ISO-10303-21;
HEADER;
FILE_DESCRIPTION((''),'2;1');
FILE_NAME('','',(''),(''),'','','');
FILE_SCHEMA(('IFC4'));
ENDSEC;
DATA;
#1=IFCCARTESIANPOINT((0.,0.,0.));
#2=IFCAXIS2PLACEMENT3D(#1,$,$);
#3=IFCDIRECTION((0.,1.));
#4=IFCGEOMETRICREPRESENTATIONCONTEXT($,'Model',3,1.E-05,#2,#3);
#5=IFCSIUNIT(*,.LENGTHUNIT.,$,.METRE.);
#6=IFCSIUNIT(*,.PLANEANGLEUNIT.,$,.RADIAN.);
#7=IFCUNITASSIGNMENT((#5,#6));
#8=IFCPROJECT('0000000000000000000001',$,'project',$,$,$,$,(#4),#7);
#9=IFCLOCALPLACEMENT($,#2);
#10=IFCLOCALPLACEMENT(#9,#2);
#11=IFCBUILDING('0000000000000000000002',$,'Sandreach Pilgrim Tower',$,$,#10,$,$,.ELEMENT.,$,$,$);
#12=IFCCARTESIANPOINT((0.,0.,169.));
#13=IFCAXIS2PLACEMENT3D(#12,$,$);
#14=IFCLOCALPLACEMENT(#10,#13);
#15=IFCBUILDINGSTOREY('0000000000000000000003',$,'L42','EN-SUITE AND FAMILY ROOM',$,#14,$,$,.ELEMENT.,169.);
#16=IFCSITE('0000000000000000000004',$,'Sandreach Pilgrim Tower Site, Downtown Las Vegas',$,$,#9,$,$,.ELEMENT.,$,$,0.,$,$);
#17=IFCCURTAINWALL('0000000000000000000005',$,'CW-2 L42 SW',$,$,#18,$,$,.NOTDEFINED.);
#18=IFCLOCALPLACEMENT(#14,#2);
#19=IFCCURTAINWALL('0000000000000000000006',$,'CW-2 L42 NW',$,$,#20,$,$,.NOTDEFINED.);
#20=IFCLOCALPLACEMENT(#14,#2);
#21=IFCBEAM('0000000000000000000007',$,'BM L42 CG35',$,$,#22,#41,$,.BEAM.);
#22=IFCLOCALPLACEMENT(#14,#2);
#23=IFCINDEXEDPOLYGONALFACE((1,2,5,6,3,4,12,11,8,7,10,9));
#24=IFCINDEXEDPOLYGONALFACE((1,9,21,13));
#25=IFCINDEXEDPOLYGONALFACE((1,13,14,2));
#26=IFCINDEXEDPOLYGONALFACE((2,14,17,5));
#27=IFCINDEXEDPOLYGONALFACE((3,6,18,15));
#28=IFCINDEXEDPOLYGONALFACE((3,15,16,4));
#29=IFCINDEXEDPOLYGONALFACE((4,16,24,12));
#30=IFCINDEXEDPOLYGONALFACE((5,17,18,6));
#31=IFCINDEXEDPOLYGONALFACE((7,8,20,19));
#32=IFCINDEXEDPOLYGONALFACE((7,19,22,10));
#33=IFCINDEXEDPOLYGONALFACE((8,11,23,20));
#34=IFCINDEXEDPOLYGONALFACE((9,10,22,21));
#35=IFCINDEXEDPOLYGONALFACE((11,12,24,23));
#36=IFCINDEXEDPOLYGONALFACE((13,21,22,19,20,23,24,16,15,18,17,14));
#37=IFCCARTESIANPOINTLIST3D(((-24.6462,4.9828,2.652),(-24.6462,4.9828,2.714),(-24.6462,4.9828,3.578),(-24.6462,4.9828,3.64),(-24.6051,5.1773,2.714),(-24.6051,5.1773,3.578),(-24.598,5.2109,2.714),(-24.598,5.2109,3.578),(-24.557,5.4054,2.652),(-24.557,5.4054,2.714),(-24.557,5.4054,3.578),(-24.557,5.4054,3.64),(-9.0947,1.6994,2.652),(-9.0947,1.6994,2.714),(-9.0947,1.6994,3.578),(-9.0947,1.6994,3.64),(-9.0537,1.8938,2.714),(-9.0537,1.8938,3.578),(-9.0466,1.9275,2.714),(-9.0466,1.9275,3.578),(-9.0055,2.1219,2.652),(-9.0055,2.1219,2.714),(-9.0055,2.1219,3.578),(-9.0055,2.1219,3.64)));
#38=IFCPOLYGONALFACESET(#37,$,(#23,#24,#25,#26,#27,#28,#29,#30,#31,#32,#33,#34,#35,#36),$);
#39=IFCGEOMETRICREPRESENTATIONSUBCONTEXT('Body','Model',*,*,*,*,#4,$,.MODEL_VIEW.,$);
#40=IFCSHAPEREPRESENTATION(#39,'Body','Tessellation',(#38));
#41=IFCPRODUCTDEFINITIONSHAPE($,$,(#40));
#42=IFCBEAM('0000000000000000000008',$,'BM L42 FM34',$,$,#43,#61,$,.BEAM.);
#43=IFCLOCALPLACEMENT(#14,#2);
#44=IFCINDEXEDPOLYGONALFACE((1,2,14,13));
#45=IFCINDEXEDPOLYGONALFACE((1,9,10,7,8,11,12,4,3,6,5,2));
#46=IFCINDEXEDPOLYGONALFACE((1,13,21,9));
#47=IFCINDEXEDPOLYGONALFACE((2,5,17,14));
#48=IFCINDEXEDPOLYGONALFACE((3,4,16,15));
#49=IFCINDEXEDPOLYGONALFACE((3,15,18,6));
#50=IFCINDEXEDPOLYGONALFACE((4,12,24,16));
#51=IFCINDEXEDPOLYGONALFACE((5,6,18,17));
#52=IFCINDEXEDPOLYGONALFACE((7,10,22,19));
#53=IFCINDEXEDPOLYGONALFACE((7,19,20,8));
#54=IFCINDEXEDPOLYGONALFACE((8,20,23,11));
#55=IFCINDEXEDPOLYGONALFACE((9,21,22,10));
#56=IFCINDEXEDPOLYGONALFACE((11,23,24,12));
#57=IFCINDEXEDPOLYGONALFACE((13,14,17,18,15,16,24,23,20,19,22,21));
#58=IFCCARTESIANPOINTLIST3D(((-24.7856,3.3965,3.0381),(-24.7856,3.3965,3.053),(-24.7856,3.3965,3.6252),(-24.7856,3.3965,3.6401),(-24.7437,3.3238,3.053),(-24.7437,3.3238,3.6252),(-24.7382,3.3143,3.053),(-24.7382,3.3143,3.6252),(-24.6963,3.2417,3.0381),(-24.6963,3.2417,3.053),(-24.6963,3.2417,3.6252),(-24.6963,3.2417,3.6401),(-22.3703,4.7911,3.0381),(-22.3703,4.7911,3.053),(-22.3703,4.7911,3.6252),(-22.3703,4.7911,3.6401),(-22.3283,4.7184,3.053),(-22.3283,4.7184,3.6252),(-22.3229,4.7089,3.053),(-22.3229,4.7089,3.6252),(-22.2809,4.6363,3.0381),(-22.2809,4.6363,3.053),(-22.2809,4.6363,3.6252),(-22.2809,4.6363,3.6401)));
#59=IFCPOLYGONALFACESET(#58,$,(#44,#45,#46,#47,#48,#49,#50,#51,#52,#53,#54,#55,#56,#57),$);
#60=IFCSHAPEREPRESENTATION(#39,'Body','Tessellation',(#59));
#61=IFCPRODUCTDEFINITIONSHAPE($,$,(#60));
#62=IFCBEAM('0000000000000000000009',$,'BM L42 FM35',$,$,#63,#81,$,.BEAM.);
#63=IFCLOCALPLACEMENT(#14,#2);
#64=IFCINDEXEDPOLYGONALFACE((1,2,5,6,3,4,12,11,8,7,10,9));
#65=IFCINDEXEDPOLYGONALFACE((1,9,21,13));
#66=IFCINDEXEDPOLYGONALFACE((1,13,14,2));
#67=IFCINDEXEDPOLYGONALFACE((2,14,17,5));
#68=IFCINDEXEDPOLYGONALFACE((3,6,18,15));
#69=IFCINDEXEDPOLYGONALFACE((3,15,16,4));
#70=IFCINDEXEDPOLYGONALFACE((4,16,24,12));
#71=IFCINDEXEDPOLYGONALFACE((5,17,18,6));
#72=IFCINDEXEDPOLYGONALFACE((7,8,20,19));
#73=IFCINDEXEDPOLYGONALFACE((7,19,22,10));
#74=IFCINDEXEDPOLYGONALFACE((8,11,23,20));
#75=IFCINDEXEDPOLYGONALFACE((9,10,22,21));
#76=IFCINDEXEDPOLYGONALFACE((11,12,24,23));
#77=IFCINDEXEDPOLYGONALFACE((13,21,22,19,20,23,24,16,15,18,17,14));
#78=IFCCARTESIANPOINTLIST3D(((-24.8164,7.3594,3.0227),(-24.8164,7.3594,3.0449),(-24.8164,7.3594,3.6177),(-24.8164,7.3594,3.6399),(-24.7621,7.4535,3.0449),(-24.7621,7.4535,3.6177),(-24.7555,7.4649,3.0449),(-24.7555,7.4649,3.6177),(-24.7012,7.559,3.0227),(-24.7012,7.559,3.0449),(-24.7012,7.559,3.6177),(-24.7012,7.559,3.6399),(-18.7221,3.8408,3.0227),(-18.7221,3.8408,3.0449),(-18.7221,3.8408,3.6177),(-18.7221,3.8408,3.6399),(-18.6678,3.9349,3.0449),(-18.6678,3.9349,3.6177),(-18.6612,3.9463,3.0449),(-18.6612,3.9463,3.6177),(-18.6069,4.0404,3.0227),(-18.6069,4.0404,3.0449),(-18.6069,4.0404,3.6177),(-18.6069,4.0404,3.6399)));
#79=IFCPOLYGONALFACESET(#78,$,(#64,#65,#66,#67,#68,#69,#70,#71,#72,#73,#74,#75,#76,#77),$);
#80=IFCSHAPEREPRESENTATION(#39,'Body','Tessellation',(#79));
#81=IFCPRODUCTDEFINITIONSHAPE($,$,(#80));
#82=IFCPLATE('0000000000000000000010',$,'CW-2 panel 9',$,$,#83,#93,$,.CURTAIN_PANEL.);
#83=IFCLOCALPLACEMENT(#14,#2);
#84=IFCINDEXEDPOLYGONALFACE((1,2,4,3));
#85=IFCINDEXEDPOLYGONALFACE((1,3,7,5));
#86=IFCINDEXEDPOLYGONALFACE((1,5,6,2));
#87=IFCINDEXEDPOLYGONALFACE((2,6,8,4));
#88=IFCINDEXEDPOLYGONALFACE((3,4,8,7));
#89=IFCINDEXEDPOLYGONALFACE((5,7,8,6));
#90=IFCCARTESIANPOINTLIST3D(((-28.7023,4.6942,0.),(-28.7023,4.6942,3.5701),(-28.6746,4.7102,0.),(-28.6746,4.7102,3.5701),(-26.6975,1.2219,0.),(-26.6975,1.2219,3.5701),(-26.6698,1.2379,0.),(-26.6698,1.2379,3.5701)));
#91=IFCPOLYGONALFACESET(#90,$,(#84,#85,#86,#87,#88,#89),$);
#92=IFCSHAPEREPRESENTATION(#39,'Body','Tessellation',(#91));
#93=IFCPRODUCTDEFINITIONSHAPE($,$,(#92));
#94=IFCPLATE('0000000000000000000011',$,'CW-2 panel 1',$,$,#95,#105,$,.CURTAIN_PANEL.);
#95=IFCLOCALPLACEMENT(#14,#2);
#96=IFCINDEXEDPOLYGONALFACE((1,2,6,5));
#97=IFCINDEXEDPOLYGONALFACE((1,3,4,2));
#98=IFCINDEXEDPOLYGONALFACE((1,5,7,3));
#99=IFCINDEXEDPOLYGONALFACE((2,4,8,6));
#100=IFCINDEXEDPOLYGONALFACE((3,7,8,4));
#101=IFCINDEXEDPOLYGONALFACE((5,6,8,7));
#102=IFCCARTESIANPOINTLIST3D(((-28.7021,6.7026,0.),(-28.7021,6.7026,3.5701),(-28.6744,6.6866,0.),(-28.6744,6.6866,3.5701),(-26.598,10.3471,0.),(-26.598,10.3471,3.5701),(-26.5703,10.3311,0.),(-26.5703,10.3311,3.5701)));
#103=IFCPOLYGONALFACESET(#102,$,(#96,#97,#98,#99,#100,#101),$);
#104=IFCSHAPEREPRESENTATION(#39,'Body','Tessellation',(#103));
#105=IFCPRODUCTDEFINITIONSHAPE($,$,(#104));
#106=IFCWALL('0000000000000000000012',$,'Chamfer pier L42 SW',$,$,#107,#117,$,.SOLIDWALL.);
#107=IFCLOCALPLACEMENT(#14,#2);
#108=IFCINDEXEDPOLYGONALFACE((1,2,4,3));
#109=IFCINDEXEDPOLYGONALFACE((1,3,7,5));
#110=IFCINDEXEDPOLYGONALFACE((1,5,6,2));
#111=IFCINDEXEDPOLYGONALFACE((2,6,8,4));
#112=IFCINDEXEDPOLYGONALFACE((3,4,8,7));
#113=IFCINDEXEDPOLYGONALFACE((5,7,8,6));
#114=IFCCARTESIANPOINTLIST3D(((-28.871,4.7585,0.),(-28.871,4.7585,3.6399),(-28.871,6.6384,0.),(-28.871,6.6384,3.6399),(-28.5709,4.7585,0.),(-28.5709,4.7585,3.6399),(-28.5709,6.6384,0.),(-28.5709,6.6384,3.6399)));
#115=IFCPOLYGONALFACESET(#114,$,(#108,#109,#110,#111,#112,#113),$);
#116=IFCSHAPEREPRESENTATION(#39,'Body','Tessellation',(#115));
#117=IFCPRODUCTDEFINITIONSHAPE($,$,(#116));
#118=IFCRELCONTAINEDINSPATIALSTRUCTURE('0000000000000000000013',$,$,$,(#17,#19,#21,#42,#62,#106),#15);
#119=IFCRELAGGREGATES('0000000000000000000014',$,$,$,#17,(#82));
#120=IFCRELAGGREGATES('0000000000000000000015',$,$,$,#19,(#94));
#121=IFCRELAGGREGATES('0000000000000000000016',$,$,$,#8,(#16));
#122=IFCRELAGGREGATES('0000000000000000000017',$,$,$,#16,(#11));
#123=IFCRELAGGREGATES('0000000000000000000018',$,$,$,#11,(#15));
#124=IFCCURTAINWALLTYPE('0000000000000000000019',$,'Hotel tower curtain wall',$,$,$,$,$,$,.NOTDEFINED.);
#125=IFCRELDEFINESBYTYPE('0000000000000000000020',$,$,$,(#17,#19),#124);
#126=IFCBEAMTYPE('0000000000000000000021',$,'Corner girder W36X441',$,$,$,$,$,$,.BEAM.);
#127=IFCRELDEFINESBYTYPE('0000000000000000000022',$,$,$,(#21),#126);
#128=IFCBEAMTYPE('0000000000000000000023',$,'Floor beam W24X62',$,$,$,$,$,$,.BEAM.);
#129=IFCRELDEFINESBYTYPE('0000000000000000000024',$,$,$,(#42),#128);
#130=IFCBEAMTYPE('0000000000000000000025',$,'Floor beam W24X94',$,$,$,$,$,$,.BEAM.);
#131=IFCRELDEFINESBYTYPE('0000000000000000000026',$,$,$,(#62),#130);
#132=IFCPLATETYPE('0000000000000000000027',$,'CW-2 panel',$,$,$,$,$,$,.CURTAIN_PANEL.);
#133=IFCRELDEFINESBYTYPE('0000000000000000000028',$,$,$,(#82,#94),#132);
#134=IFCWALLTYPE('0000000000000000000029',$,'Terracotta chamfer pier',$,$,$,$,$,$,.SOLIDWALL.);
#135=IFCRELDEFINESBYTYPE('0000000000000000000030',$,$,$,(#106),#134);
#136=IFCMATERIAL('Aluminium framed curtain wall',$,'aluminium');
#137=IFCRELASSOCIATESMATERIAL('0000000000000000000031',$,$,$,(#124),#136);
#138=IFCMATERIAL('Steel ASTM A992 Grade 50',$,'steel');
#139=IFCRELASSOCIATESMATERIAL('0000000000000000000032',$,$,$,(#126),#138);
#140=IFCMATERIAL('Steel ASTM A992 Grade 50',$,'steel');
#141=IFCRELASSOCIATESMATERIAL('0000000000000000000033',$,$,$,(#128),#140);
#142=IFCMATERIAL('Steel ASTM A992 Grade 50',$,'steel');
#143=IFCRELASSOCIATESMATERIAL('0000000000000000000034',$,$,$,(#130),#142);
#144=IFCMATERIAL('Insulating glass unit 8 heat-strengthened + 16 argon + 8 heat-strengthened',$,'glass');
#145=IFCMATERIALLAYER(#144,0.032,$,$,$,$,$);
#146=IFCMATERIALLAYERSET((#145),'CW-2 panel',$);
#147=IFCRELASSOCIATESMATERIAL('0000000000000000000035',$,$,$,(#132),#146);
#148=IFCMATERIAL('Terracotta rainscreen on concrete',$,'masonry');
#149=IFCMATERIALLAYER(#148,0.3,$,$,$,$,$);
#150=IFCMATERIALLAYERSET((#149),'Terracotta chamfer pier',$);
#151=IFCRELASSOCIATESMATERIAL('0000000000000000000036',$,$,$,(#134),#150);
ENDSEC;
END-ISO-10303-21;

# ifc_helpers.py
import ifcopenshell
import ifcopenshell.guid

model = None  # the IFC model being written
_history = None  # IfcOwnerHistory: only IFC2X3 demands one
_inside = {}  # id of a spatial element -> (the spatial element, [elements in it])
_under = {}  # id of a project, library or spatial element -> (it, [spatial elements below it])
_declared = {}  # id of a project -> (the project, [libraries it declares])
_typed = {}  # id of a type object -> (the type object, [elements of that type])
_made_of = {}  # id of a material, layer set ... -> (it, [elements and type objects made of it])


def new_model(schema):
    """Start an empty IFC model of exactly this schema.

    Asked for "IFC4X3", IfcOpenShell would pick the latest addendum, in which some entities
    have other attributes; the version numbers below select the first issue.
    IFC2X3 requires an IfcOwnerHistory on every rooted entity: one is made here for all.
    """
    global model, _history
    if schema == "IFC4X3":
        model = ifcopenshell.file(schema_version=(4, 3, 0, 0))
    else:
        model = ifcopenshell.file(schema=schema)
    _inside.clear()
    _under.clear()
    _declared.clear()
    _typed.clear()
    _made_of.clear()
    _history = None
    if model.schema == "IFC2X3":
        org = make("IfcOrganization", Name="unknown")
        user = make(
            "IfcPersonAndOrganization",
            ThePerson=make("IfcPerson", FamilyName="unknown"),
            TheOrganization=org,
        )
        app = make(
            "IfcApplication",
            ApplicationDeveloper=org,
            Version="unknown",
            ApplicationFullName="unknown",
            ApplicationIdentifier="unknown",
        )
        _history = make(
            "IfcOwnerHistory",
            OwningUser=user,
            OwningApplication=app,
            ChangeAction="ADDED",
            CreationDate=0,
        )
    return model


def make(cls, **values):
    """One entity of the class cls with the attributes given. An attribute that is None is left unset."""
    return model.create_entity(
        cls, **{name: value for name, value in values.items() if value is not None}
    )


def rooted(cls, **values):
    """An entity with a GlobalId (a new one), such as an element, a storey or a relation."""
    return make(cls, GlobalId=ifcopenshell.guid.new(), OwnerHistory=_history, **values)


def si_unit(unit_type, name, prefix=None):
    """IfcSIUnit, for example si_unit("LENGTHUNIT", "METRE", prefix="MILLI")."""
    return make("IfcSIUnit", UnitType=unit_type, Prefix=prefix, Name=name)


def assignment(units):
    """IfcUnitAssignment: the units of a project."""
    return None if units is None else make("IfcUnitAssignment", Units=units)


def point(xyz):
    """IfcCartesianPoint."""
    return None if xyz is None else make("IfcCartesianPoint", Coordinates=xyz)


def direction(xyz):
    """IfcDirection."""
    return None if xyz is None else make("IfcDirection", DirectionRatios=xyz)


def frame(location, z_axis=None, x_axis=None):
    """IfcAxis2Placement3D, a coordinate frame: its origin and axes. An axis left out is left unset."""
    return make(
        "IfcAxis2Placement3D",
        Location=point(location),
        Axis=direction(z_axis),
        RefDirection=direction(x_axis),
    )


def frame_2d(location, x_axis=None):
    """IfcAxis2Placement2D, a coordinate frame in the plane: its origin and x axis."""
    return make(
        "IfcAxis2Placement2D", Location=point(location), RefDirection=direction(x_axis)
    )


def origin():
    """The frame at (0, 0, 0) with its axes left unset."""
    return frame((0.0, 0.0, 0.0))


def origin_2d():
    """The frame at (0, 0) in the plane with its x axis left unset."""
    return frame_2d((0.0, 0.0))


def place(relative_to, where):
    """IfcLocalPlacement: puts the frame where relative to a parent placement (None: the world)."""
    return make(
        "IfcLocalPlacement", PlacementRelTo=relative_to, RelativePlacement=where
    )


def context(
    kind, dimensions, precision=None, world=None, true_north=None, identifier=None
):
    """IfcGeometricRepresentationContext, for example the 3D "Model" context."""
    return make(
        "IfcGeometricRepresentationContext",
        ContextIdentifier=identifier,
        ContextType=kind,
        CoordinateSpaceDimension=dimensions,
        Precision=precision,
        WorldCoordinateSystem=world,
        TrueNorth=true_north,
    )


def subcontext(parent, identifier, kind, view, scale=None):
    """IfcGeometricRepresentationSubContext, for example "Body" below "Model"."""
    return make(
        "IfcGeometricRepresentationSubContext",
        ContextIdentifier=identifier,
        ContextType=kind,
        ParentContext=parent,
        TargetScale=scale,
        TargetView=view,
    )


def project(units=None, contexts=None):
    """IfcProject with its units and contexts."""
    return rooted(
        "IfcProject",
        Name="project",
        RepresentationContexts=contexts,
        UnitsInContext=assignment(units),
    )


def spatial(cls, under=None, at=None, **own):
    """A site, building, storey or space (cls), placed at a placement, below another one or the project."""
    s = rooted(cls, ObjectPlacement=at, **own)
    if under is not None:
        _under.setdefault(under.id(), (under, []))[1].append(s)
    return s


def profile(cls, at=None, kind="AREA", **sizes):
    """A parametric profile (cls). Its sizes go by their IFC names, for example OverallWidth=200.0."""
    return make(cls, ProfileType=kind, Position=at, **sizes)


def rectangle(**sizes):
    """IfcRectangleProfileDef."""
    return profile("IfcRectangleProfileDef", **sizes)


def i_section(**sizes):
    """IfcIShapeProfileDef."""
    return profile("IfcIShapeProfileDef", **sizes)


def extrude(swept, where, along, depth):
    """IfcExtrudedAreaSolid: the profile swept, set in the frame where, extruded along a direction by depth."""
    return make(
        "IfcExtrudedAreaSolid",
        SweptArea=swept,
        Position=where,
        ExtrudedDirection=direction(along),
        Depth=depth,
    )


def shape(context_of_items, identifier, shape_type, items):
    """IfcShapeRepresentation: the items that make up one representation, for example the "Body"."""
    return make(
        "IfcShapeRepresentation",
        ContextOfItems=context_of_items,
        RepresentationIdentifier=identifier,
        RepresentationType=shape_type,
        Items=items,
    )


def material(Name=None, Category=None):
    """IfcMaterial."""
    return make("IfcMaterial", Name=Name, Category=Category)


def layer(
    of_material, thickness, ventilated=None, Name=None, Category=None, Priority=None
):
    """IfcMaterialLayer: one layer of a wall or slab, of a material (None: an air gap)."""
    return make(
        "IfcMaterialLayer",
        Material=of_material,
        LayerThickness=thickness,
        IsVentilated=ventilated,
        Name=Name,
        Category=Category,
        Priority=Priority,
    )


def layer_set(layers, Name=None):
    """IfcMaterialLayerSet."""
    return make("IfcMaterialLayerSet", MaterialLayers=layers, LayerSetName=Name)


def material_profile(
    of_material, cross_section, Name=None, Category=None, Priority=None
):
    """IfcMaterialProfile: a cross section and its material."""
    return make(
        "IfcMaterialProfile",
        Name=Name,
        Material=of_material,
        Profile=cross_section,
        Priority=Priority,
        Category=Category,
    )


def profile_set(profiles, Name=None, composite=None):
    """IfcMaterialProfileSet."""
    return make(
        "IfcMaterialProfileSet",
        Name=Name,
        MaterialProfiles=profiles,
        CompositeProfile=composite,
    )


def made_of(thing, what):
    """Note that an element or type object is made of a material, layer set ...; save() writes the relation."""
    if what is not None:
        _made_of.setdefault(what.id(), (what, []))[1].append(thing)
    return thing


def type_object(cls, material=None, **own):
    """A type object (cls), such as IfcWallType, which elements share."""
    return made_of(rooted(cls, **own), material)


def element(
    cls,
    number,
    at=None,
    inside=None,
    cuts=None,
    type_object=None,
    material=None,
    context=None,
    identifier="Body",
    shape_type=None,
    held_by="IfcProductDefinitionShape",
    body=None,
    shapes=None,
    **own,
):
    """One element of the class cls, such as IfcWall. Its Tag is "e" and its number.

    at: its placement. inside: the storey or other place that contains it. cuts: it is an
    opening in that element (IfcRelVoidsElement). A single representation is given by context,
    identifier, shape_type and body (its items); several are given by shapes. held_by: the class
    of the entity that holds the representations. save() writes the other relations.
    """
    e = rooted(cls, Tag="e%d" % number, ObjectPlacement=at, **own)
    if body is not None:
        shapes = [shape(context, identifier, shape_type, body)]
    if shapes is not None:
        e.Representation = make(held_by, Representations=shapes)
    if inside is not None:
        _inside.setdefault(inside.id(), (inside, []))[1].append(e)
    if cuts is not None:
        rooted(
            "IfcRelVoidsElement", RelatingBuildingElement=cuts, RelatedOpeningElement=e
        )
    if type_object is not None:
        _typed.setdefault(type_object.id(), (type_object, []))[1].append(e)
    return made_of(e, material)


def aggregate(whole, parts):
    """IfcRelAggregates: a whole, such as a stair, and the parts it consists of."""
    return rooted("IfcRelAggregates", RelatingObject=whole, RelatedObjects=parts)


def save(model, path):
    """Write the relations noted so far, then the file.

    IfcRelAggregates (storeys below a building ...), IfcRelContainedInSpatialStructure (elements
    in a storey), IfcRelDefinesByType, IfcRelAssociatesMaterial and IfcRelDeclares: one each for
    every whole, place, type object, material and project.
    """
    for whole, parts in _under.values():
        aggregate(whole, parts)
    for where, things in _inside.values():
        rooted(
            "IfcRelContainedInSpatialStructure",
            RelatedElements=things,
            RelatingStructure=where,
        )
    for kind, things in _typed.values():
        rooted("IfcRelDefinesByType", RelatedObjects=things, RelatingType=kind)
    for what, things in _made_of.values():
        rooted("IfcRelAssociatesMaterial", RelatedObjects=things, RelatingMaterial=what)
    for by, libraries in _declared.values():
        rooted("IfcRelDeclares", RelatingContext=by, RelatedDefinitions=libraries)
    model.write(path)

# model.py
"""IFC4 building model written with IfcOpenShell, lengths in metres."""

from ifc_helpers import new_model, si_unit, direction, frame, frame_2d, origin, origin_2d, place, context, subcontext, project, spatial, rectangle, i_section, extrude, material, layer, layer_set, material_profile, profile_set, type_object, element, aggregate, save


model = new_model("IFC4")

# Units and contexts
model_context = context("Model", 3, precision=1e-05, world=origin(), true_north=direction((0.0, 1.0)))
body_context = subcontext(model_context, "Body", "Model", "MODEL_VIEW")
ifc_project = project(units=[si_unit("LENGTHUNIT", "METRE"), si_unit("PLANEANGLEUNIT", "RADIAN")], contexts=[model_context])

# Site, building, storey
site_placement = place(None, origin())
site = spatial("IfcSite", under=ifc_project, at=site_placement, Name="Sandreach Pilgrim Tower Site, Downtown Las Vegas", CompositionType="ELEMENT", RefElevation=0.0)
building_placement = place(site_placement, origin())
building = spatial("IfcBuilding", under=site, at=building_placement, Name="Sandreach Pilgrim Tower", CompositionType="ELEMENT")
storey_placement = place(building_placement, frame((0.0, 0.0, 169.0)))
storey = spatial("IfcBuildingStorey", under=building, at=storey_placement, Name="L42", Description="EN-SUITE AND FAMILY ROOM", CompositionType="ELEMENT", Elevation=169.0)

# Curtain wall
ifc_material_1 = material(Name="Aluminium framed curtain wall", Category="aluminium")
curtain_wall_type = type_object("IfcCurtainWallType", Name="Hotel tower curtain wall", PredefinedType="NOTDEFINED", material=ifc_material_1)
curtain_wall_1_placement = place(storey_placement, origin())
curtain_wall_1 = element("IfcCurtainWall", 1, at=curtain_wall_1_placement, inside=storey, type_object=curtain_wall_type, Name="CW-2 L42 SW", PredefinedType="NOTDEFINED")

# Curtain wall
curtain_wall_2_placement = place(storey_placement, origin())
curtain_wall_2 = element("IfcCurtainWall", 2, at=curtain_wall_2_placement, inside=storey, type_object=curtain_wall_type, Name="CW-2 L42 NW", PredefinedType="NOTDEFINED")

# Beams
ifc_material_2 = material(Name="Steel ASTM A992 Grade 50", Category="steel")
ifc_material_profile_1 = material_profile(ifc_material_2, i_section(OverallWidth=0.4319, OverallDepth=0.988, WebThickness=0.0344, FlangeThickness=0.062, at=origin_2d()), Name="W36X441")
ifc_profile_set_1 = profile_set([ifc_material_profile_1], Name="Steel ASTM A992 Grade 50")
beam_type_1 = type_object("IfcBeamType", Name="Corner girder W36X441", PredefinedType="BEAM", material=ifc_profile_set_1)
beam_1_placement = place(storey_placement, frame((-24.6016, 5.1941, 3.146), z_axis=(0.97843, -0.206579, 0.0), x_axis=(0.206579, 0.97843, 0.0)))
element("IfcBeam", 3, at=beam_1_placement, inside=storey, type_object=beam_type_1, Name="BM L42 CG35", PredefinedType="BEAM", context=body_context, shape_type="SweptSolid", body=[
    extrude(i_section(OverallWidth=0.4319, OverallDepth=0.988, WebThickness=0.0344, FlangeThickness=0.062, at=origin_2d()), origin(), (0.0, 0.0, 1.0), 15.8943),
])
ifc_material_3 = material(Name="Steel ASTM A992 Grade 50", Category="steel")
ifc_material_profile_2 = material_profile(ifc_material_3, i_section(OverallWidth=0.1787, OverallDepth=0.6021, WebThickness=0.011, FlangeThickness=0.0149, at=origin_2d()), Name="W24X62")
ifc_profile_set_2 = profile_set([ifc_material_profile_2], Name="Steel ASTM A992 Grade 50")
beam_type_2 = type_object("IfcBeamType", Name="Floor beam W24X62", PredefinedType="BEAM", material=ifc_profile_set_2)
beam_2_placement = place(storey_placement, frame((-24.741, 3.3191, 3.3391), z_axis=(0.866015, 0.500018, 0.0), x_axis=(-0.500018, 0.866015, 0.0)))
element("IfcBeam", 4, at=beam_2_placement, inside=storey, type_object=beam_type_2, Name="BM L42 FM34", PredefinedType="BEAM", context=body_context, shape_type="SweptSolid", body=[
    extrude(i_section(OverallWidth=0.1787, OverallDepth=0.6021, WebThickness=0.011, FlangeThickness=0.0149, at=origin_2d()), origin(), (0.0, 0.0, 1.0), 2.7891),
])
ifc_material_4 = material(Name="Steel ASTM A992 Grade 50", Category="steel")
ifc_material_profile_3 = material_profile(ifc_material_4, i_section(OverallWidth=0.2305, OverallDepth=0.6172, WebThickness=0.0132, FlangeThickness=0.0222, at=origin_2d()), Name="W24X94")
ifc_profile_set_3 = profile_set([ifc_material_profile_3], Name="Steel ASTM A992 Grade 50")
beam_type_3 = type_object("IfcBeamType", Name="Floor beam W24X94", PredefinedType="BEAM", material=ifc_profile_set_3)
beam_3_placement = place(storey_placement, frame((-24.7588, 7.4592, 3.3313), z_axis=(0.866023, -0.500005, 0.0), x_axis=(0.500005, 0.866023, 0.0)))
element("IfcBeam", 5, at=beam_3_placement, inside=storey, type_object=beam_type_3, Name="BM L42 FM35", PredefinedType="BEAM", context=body_context, shape_type="SweptSolid", body=[
    extrude(i_section(OverallWidth=0.2305, OverallDepth=0.6172, WebThickness=0.0132, FlangeThickness=0.0222, at=origin_2d()), origin(), (0.0, 0.0, 1.0), 7.0371),
])

# Plates
ifc_material_5 = material(Name="Insulating glass unit 8 heat-strengthened + 16 argon + 8 heat-strengthened", Category="glass")
ifc_layer_1 = layer(ifc_material_5, 0.032)
ifc_layer_set_1 = layer_set([ifc_layer_1], Name="CW-2 panel")
plate_type = type_object("IfcPlateType", Name="CW-2 panel", PredefinedType="CURTAIN_PANEL", material=ifc_layer_set_1)
plate_1_placement = place(storey_placement, frame((-27.686, 2.9661, 0.0), z_axis=(0.0, 0.0, 1.0), x_axis=(-0.5, 0.866025, 0.0)))
plate_1 = element("IfcPlate", 6, at=plate_1_placement, type_object=plate_type, Name="CW-2 panel 9", PredefinedType="CURTAIN_PANEL", context=body_context, shape_type="SweptSolid", body=[
    extrude(rectangle(XDim=4.0095, YDim=0.032, at=origin_2d()), origin(), (0.0, 0.0, 1.0), 3.5701),
])
aggregate(curtain_wall_1, [plate_1])
plate_2_placement = place(storey_placement, frame((-27.6362, 8.5168, 0.0), z_axis=(0.0, 0.0, 1.0), x_axis=(0.5, 0.866025, 0.0)))
plate_2 = element("IfcPlate", 7, at=plate_2_placement, type_object=plate_type, Name="CW-2 panel 1", PredefinedType="CURTAIN_PANEL", context=body_context, shape_type="SweptSolid", body=[
    extrude(rectangle(XDim=4.2083, YDim=0.032, at=origin_2d()), origin(), (0.0, 0.0, 1.0), 3.5701),
])
aggregate(curtain_wall_2, [plate_2])

# Wall
ifc_material_6 = material(Name="Terracotta rainscreen on concrete", Category="masonry")
ifc_layer_2 = layer(ifc_material_6, 0.3)
ifc_layer_set_2 = layer_set([ifc_layer_2], Name="Terracotta chamfer pier")
wall_type = type_object("IfcWallType", Name="Terracotta chamfer pier", PredefinedType="SOLIDWALL", material=ifc_layer_set_2)
wall_placement = place(storey_placement, frame((-28.7209, 4.7585, 0.0), z_axis=(0.0, 0.0, 1.0), x_axis=(0.0, 1.0, 0.0)))
element("IfcWall", 8, at=wall_placement, inside=storey, type_object=wall_type, Name="Chamfer pier L42 SW", PredefinedType="SOLIDWALL", context=body_context, shape_type="SweptSolid", body=[
    extrude(rectangle(XDim=1.8799, YDim=0.3, at=frame_2d((0.9399, 0.0))), origin(), (0.0, 0.0, 1.0), 3.6399),
])

save(model, "model.ifc")
